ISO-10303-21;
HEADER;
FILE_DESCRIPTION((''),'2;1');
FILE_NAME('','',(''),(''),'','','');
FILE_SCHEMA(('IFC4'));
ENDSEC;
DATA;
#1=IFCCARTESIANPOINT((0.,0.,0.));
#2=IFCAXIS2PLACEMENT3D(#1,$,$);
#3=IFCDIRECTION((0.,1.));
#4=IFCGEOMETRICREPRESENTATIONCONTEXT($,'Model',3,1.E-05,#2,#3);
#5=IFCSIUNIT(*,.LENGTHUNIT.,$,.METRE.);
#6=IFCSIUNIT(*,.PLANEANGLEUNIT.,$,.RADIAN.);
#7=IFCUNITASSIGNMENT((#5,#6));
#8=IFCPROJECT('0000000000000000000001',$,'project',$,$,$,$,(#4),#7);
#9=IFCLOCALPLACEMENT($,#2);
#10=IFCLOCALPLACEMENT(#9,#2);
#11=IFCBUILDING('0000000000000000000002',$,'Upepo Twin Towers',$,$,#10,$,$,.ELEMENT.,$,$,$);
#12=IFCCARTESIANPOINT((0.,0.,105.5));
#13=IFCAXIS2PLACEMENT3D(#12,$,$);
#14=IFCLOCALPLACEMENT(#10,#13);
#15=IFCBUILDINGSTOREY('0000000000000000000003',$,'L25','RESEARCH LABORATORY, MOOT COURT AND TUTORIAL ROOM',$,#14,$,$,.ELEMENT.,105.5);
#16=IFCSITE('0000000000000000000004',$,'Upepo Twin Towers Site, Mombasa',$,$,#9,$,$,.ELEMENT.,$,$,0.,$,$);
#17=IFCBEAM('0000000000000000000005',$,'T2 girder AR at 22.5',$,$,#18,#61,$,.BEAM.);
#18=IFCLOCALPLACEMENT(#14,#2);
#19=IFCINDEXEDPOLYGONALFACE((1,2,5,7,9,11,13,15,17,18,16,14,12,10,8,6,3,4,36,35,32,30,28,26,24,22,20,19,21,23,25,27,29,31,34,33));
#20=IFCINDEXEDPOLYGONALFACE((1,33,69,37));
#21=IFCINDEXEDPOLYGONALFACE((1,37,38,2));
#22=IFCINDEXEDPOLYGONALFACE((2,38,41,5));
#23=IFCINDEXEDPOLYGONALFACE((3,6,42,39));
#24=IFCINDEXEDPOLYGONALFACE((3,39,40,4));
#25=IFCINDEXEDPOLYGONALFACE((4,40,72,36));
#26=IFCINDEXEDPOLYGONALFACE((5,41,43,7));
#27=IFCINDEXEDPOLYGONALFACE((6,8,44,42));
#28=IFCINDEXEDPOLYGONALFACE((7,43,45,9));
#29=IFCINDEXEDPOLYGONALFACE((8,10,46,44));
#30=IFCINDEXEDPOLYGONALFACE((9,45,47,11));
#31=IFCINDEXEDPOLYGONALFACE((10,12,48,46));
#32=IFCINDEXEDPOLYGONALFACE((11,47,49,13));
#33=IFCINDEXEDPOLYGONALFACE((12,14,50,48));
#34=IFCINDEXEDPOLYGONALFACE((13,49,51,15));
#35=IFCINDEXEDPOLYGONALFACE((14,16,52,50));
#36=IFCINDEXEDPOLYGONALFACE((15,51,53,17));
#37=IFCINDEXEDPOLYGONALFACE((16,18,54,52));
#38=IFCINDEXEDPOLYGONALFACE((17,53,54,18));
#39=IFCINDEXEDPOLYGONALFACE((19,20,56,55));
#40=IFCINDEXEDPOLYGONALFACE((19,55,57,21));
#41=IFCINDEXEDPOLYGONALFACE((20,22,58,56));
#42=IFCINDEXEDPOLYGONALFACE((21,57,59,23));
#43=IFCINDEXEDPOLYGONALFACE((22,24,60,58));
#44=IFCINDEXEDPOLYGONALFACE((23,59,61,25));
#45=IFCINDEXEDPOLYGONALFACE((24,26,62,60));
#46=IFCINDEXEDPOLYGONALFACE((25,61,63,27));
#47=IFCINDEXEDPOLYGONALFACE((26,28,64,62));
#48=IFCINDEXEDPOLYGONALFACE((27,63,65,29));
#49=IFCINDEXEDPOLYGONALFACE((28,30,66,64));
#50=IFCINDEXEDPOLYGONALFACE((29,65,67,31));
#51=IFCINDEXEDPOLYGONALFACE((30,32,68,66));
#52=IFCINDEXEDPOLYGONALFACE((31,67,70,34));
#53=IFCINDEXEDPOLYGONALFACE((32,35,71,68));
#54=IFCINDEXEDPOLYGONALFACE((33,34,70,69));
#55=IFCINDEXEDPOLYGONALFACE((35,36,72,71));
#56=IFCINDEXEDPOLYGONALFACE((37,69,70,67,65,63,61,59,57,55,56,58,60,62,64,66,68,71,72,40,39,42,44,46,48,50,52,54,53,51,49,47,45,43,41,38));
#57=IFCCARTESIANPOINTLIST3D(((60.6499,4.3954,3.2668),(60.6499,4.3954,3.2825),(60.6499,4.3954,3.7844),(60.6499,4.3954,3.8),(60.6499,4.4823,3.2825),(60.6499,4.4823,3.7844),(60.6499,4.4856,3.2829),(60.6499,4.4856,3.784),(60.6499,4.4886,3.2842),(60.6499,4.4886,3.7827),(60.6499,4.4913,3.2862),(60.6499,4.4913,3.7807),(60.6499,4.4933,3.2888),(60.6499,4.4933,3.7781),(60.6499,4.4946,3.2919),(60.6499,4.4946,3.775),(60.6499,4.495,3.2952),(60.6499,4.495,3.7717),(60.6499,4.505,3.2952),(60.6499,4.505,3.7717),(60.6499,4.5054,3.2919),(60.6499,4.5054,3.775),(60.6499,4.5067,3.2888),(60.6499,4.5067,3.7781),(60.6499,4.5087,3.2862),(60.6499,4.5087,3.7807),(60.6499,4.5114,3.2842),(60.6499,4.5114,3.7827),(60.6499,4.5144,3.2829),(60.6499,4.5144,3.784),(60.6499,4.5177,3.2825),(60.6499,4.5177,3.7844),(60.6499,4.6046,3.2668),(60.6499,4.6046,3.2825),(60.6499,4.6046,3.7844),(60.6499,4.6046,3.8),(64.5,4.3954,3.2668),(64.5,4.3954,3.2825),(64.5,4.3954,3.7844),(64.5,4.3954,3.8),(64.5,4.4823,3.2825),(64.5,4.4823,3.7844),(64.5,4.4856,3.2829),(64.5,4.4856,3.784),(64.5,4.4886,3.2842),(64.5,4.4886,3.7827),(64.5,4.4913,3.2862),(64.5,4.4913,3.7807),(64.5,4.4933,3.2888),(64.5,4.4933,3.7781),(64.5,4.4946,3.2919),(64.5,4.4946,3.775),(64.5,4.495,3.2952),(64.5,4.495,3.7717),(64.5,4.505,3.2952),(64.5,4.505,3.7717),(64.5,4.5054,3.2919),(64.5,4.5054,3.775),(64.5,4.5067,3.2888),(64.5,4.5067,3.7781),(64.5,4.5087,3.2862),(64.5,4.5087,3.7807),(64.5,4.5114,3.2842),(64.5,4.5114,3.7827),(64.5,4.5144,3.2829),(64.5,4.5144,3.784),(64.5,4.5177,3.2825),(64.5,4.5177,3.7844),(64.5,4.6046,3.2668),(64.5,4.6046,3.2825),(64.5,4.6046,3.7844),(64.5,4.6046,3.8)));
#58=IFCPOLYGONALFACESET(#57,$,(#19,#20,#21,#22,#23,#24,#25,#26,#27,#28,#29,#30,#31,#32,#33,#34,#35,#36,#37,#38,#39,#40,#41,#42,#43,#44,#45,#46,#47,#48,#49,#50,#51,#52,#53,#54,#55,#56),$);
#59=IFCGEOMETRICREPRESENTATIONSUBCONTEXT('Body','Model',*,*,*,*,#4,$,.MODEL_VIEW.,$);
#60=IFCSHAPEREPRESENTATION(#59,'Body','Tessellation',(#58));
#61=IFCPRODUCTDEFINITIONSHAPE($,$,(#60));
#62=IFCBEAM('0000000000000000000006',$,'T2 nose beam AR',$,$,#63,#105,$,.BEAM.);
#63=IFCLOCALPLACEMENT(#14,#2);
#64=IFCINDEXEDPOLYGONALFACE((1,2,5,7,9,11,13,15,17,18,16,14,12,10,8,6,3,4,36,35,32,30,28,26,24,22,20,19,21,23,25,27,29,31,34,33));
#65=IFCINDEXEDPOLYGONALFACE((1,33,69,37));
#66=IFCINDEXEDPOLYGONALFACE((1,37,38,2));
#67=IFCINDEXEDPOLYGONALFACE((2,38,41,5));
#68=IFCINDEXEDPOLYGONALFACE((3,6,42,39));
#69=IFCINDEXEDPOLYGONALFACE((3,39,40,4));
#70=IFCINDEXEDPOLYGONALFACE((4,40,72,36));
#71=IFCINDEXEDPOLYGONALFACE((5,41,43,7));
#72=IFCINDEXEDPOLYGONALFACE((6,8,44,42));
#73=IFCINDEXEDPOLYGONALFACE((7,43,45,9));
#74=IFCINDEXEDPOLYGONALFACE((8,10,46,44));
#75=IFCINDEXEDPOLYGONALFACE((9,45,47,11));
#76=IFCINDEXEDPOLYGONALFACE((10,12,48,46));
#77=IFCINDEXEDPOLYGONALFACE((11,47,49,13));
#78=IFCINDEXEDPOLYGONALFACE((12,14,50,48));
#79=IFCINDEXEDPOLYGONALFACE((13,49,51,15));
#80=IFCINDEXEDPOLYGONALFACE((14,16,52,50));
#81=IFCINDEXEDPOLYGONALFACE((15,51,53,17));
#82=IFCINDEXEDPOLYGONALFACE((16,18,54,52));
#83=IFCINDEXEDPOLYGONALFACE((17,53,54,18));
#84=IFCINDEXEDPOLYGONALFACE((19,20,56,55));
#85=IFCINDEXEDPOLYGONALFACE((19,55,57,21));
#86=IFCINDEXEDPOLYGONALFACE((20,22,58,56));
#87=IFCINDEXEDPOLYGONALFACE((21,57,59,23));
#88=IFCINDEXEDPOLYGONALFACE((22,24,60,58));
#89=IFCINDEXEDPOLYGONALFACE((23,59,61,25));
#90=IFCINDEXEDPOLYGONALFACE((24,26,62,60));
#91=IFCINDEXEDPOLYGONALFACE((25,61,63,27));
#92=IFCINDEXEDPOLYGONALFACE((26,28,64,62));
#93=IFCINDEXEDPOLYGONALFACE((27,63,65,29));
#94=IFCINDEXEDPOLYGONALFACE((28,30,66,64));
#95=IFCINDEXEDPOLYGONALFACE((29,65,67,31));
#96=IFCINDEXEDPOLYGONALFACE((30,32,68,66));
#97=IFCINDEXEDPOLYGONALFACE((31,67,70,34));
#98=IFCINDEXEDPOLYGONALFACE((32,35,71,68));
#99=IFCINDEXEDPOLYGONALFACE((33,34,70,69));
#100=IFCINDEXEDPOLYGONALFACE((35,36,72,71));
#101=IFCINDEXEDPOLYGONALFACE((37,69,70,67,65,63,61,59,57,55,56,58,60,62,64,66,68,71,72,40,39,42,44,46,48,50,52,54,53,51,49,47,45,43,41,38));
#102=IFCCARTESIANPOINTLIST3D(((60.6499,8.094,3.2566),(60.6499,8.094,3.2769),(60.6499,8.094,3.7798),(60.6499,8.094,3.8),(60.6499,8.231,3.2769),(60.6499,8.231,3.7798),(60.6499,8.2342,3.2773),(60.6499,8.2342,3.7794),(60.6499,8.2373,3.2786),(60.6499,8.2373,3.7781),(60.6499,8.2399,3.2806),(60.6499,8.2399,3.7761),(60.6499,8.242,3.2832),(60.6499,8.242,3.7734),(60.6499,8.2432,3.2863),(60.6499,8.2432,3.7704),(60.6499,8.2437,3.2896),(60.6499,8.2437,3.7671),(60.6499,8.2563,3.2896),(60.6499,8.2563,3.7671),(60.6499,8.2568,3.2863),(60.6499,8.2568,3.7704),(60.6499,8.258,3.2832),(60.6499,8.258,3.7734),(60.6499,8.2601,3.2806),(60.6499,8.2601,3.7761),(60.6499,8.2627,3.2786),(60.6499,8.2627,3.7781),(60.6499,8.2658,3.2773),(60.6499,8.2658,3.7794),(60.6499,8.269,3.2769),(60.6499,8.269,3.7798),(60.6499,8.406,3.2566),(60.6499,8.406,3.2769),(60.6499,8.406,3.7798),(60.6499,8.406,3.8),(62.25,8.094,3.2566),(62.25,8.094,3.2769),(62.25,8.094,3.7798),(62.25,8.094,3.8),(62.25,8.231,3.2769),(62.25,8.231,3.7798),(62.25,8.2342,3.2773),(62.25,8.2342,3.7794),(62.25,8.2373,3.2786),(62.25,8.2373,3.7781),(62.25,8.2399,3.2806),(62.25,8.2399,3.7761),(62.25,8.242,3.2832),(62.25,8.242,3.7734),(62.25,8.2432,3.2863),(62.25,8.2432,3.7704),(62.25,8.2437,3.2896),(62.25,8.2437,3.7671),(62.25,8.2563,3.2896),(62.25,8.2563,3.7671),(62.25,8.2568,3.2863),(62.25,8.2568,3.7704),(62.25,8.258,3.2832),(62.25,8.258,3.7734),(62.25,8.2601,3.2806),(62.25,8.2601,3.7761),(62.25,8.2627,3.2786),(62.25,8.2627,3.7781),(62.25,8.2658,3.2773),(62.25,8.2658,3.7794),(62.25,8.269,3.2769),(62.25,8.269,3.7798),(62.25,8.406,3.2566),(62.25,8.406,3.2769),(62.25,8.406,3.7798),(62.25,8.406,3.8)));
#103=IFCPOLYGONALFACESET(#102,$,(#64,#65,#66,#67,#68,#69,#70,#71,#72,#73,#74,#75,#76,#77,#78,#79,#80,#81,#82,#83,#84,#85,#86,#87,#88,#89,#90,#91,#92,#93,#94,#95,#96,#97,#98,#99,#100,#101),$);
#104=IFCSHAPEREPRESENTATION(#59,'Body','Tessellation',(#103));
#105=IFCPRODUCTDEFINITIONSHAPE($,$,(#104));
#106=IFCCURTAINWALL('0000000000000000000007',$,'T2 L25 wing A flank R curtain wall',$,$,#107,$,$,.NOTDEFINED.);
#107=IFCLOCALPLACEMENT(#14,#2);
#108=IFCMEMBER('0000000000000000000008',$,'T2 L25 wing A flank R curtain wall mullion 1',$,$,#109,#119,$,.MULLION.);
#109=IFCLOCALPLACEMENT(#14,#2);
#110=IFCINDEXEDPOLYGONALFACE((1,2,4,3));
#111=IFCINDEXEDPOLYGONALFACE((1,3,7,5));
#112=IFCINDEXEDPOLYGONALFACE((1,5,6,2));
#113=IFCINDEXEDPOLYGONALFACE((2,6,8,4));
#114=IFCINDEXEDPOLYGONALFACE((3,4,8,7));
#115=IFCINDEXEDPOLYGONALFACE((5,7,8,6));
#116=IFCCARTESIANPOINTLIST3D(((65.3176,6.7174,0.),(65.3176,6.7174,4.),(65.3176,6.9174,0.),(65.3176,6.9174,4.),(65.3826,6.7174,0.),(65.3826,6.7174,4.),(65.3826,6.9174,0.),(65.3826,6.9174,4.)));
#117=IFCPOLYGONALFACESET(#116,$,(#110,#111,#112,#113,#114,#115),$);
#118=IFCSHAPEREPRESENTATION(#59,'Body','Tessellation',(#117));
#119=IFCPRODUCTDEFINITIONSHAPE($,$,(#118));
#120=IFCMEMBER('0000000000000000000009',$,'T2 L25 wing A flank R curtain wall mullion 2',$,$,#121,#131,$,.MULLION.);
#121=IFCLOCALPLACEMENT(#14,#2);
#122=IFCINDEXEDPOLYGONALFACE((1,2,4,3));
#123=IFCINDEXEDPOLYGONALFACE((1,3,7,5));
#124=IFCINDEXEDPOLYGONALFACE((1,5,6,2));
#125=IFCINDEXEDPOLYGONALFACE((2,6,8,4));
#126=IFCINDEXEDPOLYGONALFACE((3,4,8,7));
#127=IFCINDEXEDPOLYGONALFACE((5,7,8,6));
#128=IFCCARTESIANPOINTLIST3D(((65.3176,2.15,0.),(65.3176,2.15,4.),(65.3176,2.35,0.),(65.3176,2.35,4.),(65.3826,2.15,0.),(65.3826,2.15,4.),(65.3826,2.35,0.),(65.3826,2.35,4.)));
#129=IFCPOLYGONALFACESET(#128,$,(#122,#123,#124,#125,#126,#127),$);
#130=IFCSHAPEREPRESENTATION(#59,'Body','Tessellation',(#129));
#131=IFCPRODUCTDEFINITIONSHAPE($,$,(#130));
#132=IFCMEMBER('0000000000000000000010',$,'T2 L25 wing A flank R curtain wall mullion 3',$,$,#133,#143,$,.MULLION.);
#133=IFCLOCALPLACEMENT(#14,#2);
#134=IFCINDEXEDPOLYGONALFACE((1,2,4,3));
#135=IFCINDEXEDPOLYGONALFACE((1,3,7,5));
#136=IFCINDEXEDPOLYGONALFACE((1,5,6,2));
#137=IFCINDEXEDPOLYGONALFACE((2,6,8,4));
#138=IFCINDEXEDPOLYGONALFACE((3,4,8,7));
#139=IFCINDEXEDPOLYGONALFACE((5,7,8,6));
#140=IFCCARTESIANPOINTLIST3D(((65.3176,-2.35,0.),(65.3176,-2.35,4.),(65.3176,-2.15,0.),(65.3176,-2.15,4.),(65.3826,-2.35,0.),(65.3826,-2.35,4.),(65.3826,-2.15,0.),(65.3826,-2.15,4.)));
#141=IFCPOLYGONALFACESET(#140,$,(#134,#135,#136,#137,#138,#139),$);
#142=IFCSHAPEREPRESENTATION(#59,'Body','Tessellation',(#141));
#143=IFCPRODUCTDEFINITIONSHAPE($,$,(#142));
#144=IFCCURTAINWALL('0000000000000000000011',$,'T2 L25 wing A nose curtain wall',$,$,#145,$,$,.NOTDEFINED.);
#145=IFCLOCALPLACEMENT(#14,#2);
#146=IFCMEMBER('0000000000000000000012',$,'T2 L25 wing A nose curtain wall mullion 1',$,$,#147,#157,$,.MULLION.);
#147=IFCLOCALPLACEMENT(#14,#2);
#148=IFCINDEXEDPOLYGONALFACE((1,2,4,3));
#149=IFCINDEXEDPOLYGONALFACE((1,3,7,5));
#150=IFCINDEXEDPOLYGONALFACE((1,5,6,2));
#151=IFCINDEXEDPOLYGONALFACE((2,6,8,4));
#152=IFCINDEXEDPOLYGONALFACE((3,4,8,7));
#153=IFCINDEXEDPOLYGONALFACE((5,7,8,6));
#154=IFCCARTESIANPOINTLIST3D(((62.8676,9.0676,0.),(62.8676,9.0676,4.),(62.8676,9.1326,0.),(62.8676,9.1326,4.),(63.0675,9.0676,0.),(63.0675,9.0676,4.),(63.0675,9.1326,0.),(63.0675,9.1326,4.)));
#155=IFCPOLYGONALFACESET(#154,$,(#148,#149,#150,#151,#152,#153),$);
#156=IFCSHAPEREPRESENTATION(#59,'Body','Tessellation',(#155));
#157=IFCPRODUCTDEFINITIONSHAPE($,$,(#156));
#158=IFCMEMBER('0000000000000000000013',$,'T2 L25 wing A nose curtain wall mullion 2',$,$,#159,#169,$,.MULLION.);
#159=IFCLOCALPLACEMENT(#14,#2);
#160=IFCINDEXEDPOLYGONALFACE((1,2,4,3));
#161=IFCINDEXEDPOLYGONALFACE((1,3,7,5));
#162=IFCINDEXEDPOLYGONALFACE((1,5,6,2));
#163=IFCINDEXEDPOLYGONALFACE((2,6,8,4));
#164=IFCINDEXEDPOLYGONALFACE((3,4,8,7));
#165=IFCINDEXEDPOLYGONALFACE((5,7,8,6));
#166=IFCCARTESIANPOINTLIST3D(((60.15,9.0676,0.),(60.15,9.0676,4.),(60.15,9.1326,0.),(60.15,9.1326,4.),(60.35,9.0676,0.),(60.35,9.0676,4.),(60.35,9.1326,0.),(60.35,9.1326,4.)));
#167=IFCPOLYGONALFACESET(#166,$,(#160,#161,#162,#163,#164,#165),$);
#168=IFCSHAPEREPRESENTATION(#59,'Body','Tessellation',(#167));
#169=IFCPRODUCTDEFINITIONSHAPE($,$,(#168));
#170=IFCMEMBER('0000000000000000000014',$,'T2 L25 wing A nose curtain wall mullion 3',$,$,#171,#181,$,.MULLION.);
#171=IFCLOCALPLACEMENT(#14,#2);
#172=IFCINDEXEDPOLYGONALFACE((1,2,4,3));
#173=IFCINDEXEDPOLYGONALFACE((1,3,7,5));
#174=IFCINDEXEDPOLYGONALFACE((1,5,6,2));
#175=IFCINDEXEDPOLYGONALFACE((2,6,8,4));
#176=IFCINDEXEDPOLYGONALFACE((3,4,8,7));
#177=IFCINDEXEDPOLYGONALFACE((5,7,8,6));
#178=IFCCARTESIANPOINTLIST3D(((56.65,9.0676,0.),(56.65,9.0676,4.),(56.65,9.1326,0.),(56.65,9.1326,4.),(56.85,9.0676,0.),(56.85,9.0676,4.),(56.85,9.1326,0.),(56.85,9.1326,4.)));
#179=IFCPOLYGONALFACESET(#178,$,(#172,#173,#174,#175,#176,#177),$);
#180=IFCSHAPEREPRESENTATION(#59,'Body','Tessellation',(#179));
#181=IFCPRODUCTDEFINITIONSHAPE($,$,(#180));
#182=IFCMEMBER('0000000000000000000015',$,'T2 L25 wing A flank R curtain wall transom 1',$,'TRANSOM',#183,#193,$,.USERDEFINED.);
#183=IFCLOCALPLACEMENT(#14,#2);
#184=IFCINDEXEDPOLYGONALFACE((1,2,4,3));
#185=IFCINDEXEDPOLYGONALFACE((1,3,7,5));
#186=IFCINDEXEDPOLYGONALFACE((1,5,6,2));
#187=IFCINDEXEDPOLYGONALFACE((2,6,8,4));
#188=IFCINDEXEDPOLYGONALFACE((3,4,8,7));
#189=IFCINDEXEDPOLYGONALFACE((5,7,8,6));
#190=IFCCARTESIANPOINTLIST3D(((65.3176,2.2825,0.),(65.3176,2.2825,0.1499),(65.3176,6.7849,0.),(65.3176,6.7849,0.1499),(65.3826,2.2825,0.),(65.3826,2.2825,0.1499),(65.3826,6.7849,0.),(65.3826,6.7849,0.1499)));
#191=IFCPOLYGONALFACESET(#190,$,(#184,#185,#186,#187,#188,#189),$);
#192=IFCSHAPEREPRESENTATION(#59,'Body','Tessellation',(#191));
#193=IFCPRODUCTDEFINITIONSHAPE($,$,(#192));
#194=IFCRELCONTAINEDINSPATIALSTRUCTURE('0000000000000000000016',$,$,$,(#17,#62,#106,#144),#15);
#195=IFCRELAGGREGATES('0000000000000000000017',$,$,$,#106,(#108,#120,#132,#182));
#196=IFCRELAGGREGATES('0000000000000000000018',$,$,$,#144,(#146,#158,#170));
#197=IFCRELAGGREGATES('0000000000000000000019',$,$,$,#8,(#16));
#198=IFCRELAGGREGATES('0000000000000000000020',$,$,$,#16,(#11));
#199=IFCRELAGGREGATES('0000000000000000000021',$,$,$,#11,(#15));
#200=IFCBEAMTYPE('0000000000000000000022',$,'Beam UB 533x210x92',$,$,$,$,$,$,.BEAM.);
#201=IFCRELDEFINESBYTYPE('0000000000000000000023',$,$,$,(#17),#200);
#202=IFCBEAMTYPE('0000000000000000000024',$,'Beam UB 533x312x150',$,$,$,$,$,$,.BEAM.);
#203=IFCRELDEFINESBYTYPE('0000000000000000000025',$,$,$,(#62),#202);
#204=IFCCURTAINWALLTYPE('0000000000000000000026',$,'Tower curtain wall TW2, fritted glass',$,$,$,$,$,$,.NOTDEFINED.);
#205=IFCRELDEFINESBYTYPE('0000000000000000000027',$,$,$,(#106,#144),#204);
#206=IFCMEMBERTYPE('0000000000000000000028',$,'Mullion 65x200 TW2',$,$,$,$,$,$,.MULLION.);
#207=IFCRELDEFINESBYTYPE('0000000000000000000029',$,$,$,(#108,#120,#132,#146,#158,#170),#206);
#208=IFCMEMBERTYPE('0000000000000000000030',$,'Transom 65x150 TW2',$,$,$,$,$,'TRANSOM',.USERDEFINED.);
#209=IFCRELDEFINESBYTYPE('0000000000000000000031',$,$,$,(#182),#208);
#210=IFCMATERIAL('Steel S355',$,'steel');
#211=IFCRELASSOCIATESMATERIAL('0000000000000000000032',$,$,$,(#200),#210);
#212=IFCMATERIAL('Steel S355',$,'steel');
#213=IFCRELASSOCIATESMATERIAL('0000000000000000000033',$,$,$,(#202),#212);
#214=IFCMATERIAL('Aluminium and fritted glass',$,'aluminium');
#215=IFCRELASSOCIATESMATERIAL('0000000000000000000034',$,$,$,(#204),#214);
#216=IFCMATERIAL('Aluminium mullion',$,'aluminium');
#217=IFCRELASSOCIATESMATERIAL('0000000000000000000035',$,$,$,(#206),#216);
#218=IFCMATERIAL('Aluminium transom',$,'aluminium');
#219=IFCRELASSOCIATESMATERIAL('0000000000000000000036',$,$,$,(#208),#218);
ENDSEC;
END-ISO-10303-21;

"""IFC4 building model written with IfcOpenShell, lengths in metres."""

from ifc_helpers import new_model, si_unit, direction, frame, origin, origin_2d, place, context, subcontext, project, spatial, rectangle, i_section, extrude, material, material_profile, profile_set, type_object, element, aggregate, save


model = new_model("IFC4")

# Units and contexts
model_context = context("Model", 3, precision=1e-05, world=origin(), true_north=direction((0.0, 1.0)))
body_context = subcontext(model_context, "Body", "Model", "MODEL_VIEW")
ifc_project = project(units=[si_unit("LENGTHUNIT", "METRE"), si_unit("PLANEANGLEUNIT", "RADIAN")], contexts=[model_context])

# Site, building, storey
site_placement = place(None, origin())
site = spatial("IfcSite", under=ifc_project, at=site_placement, Name="Upepo Twin Towers Site, Mombasa", CompositionType="ELEMENT", RefElevation=0.0)
building_placement = place(site_placement, origin())
building = spatial("IfcBuilding", under=site, at=building_placement, Name="Upepo Twin Towers", CompositionType="ELEMENT")
storey_placement = place(building_placement, frame((0.0, 0.0, 105.5)))
storey = spatial("IfcBuildingStorey", under=building, at=storey_placement, Name="L25", Description="RESEARCH LABORATORY, MOOT COURT AND TUTORIAL ROOM", CompositionType="ELEMENT", Elevation=105.5)

# Beams
ifc_material_1 = material(Name="Steel S355", Category="steel")
ifc_material_profile_1 = material_profile(ifc_material_1, i_section(OverallWidth=0.2092, OverallDepth=0.5332, WebThickness=0.01, FlangeThickness=0.0156, FilletRadius=0.0127, at=origin_2d()), Name="UB 533x210x92")
ifc_profile_set_1 = profile_set([ifc_material_profile_1], Name="Steel S355")
beam_type_1 = type_object("IfcBeamType", Name="Beam UB 533x210x92", PredefinedType="BEAM", material=ifc_profile_set_1)
for number, where, z_axis, x_axis, name in (
    (1, (64.5, 4.5, 3.5334), (-1.0, 0.0, 0.0), (0.0, -1.0, 0.0), "T2 girder AR at 22.5"),
):
    element("IfcBeam", number, at=place(storey_placement, frame(where, z_axis=z_axis, x_axis=x_axis)), inside=storey, type_object=beam_type_1, Name=name, PredefinedType="BEAM", context=body_context, shape_type="SweptSolid", body=[
        extrude(i_section(OverallWidth=0.2092, OverallDepth=0.5332, WebThickness=0.01, FlangeThickness=0.0156, FilletRadius=0.0127, at=origin_2d()), origin(), (0.0, 0.0, 1.0), 3.8501),
    ])
ifc_material_2 = material(Name="Steel S355", Category="steel")
ifc_material_profile_2 = material_profile(ifc_material_2, i_section(OverallWidth=0.312, OverallDepth=0.5435, WebThickness=0.0127, FlangeThickness=0.0203, FilletRadius=0.0127, at=origin_2d()), Name="UB 533x312x150")
ifc_profile_set_2 = profile_set([ifc_material_profile_2], Name="Steel S355")
beam_type_2 = type_object("IfcBeamType", Name="Beam UB 533x312x150", PredefinedType="BEAM", material=ifc_profile_set_2)
beam_1_placement = place(storey_placement, frame((62.25, 8.25, 3.5283), z_axis=(-1.0, 0.0, 0.0), x_axis=(0.0, -1.0, 0.0)))
element("IfcBeam", 2, at=beam_1_placement, inside=storey, type_object=beam_type_2, Name="T2 nose beam AR", PredefinedType="BEAM", context=body_context, shape_type="SweptSolid", body=[
    extrude(i_section(OverallWidth=0.312, OverallDepth=0.5435, WebThickness=0.0127, FlangeThickness=0.0203, FilletRadius=0.0127, at=origin_2d()), origin(), (0.0, 0.0, 1.0), 1.6001),
])

# Curtain walls, members
ifc_material_3 = material(Name="Aluminium and fritted glass", Category="aluminium")
curtain_wall_type = type_object("IfcCurtainWallType", Name="Tower curtain wall TW2, fritted glass", PredefinedType="NOTDEFINED", material=ifc_material_3)
curtain_wall_1_placement = place(storey_placement, origin())
curtain_wall_1 = element("IfcCurtainWall", 3, at=curtain_wall_1_placement, inside=storey, type_object=curtain_wall_type, Name="T2 L25 wing A flank R curtain wall", PredefinedType="NOTDEFINED")
ifc_material_4 = material(Name="Aluminium mullion", Category="aluminium")
ifc_material_profile_3 = material_profile(ifc_material_4, rectangle(XDim=0.0649, YDim=0.2, at=origin_2d()), Name="MULLION 65x200")
ifc_profile_set_3 = profile_set([ifc_material_profile_3], Name="Aluminium mullion")
member_type_1 = type_object("IfcMemberType", Name="Mullion 65x200 TW2", PredefinedType="MULLION", material=ifc_profile_set_3)
member_1_placement = place(storey_placement, frame((65.3501, 6.8174, 0.0), z_axis=(0.0, 0.0, 1.0), x_axis=(1.0, 0.0, 0.0)))
member_1 = element("IfcMember", 4, at=member_1_placement, type_object=member_type_1, Name="T2 L25 wing A flank R curtain wall mullion 1", PredefinedType="MULLION", context=body_context, shape_type="SweptSolid", body=[
    extrude(rectangle(XDim=0.0649, YDim=0.2, at=origin_2d()), origin(), (0.0, 0.0, 1.0), 4.0),
])
member_2_placement = place(storey_placement, frame((65.3501, 2.25, 0.0), z_axis=(0.0, 0.0, 1.0), x_axis=(1.0, 0.0, 0.0)))
member_2 = element("IfcMember", 5, at=member_2_placement, type_object=member_type_1, Name="T2 L25 wing A flank R curtain wall mullion 2", PredefinedType="MULLION", context=body_context, shape_type="SweptSolid", body=[
    extrude(rectangle(XDim=0.0649, YDim=0.2, at=origin_2d()), origin(), (0.0, 0.0, 1.0), 4.0),
])
member_3_placement = place(storey_placement, frame((65.3501, -2.25, 0.0), z_axis=(0.0, 0.0, 1.0), x_axis=(1.0, 0.0, 0.0)))
member_3 = element("IfcMember", 6, at=member_3_placement, type_object=member_type_1, Name="T2 L25 wing A flank R curtain wall mullion 3", PredefinedType="MULLION", context=body_context, shape_type="SweptSolid", body=[
    extrude(rectangle(XDim=0.0649, YDim=0.2, at=origin_2d()), origin(), (0.0, 0.0, 1.0), 4.0),
])
curtain_wall_2_placement = place(storey_placement, origin())
curtain_wall_2 = element("IfcCurtainWall", 7, at=curtain_wall_2_placement, inside=storey, type_object=curtain_wall_type, Name="T2 L25 wing A nose curtain wall", PredefinedType="NOTDEFINED")
member_4_placement = place(storey_placement, frame((62.9675, 9.1001, 0.0), z_axis=(0.0, 0.0, 1.0), x_axis=(0.0, -1.0, 0.0)))
member_4 = element("IfcMember", 8, at=member_4_placement, type_object=member_type_1, Name="T2 L25 wing A nose curtain wall mullion 1", PredefinedType="MULLION", context=body_context, shape_type="SweptSolid", body=[
    extrude(rectangle(XDim=0.0649, YDim=0.2, at=origin_2d()), origin(), (0.0, 0.0, 1.0), 4.0),
])
member_5_placement = place(storey_placement, frame((60.25, 9.1001, 0.0), z_axis=(0.0, 0.0, 1.0), x_axis=(0.0, -1.0, 0.0)))
member_5 = element("IfcMember", 9, at=member_5_placement, type_object=member_type_1, Name="T2 L25 wing A nose curtain wall mullion 2", PredefinedType="MULLION", context=body_context, shape_type="SweptSolid", body=[
    extrude(rectangle(XDim=0.0649, YDim=0.2, at=origin_2d()), origin(), (0.0, 0.0, 1.0), 4.0),
])
member_6_placement = place(storey_placement, frame((56.75, 9.1001, 0.0), z_axis=(0.0, 0.0, 1.0), x_axis=(0.0, -1.0, 0.0)))
member_6 = element("IfcMember", 10, at=member_6_placement, type_object=member_type_1, Name="T2 L25 wing A nose curtain wall mullion 3", PredefinedType="MULLION", context=body_context, shape_type="SweptSolid", body=[
    extrude(rectangle(XDim=0.0649, YDim=0.2, at=origin_2d()), origin(), (0.0, 0.0, 1.0), 4.0),
])

# Member
ifc_material_5 = material(Name="Aluminium transom", Category="aluminium")
ifc_material_profile_4 = material_profile(ifc_material_5, rectangle(XDim=0.0649, YDim=0.1499, at=origin_2d()), Name="TRANSOM 65x150")
ifc_profile_set_4 = profile_set([ifc_material_profile_4], Name="Aluminium transom")
member_type_2 = type_object("IfcMemberType", Name="Transom 65x150 TW2", ElementType="TRANSOM", PredefinedType="USERDEFINED", material=ifc_profile_set_4)
member_7_placement = place(storey_placement, frame((65.3501, 6.7849, 0.075), z_axis=(0.0, -1.0, 0.0), x_axis=(1.0, 0.0, 0.0)))
member_7 = element("IfcMember", 11, at=member_7_placement, type_object=member_type_2, Name="T2 L25 wing A flank R curtain wall transom 1", ObjectType="TRANSOM", PredefinedType="USERDEFINED", context=body_context, shape_type="SweptSolid", body=[
    extrude(rectangle(XDim=0.0649, YDim=0.1499, at=origin_2d()), origin(), (0.0, 0.0, 1.0), 4.5024),
])

aggregate(curtain_wall_1, [member_1, member_2, member_3, member_7])
aggregate(curtain_wall_2, [member_4, member_5, member_6])

save(model, "model.ifc")
